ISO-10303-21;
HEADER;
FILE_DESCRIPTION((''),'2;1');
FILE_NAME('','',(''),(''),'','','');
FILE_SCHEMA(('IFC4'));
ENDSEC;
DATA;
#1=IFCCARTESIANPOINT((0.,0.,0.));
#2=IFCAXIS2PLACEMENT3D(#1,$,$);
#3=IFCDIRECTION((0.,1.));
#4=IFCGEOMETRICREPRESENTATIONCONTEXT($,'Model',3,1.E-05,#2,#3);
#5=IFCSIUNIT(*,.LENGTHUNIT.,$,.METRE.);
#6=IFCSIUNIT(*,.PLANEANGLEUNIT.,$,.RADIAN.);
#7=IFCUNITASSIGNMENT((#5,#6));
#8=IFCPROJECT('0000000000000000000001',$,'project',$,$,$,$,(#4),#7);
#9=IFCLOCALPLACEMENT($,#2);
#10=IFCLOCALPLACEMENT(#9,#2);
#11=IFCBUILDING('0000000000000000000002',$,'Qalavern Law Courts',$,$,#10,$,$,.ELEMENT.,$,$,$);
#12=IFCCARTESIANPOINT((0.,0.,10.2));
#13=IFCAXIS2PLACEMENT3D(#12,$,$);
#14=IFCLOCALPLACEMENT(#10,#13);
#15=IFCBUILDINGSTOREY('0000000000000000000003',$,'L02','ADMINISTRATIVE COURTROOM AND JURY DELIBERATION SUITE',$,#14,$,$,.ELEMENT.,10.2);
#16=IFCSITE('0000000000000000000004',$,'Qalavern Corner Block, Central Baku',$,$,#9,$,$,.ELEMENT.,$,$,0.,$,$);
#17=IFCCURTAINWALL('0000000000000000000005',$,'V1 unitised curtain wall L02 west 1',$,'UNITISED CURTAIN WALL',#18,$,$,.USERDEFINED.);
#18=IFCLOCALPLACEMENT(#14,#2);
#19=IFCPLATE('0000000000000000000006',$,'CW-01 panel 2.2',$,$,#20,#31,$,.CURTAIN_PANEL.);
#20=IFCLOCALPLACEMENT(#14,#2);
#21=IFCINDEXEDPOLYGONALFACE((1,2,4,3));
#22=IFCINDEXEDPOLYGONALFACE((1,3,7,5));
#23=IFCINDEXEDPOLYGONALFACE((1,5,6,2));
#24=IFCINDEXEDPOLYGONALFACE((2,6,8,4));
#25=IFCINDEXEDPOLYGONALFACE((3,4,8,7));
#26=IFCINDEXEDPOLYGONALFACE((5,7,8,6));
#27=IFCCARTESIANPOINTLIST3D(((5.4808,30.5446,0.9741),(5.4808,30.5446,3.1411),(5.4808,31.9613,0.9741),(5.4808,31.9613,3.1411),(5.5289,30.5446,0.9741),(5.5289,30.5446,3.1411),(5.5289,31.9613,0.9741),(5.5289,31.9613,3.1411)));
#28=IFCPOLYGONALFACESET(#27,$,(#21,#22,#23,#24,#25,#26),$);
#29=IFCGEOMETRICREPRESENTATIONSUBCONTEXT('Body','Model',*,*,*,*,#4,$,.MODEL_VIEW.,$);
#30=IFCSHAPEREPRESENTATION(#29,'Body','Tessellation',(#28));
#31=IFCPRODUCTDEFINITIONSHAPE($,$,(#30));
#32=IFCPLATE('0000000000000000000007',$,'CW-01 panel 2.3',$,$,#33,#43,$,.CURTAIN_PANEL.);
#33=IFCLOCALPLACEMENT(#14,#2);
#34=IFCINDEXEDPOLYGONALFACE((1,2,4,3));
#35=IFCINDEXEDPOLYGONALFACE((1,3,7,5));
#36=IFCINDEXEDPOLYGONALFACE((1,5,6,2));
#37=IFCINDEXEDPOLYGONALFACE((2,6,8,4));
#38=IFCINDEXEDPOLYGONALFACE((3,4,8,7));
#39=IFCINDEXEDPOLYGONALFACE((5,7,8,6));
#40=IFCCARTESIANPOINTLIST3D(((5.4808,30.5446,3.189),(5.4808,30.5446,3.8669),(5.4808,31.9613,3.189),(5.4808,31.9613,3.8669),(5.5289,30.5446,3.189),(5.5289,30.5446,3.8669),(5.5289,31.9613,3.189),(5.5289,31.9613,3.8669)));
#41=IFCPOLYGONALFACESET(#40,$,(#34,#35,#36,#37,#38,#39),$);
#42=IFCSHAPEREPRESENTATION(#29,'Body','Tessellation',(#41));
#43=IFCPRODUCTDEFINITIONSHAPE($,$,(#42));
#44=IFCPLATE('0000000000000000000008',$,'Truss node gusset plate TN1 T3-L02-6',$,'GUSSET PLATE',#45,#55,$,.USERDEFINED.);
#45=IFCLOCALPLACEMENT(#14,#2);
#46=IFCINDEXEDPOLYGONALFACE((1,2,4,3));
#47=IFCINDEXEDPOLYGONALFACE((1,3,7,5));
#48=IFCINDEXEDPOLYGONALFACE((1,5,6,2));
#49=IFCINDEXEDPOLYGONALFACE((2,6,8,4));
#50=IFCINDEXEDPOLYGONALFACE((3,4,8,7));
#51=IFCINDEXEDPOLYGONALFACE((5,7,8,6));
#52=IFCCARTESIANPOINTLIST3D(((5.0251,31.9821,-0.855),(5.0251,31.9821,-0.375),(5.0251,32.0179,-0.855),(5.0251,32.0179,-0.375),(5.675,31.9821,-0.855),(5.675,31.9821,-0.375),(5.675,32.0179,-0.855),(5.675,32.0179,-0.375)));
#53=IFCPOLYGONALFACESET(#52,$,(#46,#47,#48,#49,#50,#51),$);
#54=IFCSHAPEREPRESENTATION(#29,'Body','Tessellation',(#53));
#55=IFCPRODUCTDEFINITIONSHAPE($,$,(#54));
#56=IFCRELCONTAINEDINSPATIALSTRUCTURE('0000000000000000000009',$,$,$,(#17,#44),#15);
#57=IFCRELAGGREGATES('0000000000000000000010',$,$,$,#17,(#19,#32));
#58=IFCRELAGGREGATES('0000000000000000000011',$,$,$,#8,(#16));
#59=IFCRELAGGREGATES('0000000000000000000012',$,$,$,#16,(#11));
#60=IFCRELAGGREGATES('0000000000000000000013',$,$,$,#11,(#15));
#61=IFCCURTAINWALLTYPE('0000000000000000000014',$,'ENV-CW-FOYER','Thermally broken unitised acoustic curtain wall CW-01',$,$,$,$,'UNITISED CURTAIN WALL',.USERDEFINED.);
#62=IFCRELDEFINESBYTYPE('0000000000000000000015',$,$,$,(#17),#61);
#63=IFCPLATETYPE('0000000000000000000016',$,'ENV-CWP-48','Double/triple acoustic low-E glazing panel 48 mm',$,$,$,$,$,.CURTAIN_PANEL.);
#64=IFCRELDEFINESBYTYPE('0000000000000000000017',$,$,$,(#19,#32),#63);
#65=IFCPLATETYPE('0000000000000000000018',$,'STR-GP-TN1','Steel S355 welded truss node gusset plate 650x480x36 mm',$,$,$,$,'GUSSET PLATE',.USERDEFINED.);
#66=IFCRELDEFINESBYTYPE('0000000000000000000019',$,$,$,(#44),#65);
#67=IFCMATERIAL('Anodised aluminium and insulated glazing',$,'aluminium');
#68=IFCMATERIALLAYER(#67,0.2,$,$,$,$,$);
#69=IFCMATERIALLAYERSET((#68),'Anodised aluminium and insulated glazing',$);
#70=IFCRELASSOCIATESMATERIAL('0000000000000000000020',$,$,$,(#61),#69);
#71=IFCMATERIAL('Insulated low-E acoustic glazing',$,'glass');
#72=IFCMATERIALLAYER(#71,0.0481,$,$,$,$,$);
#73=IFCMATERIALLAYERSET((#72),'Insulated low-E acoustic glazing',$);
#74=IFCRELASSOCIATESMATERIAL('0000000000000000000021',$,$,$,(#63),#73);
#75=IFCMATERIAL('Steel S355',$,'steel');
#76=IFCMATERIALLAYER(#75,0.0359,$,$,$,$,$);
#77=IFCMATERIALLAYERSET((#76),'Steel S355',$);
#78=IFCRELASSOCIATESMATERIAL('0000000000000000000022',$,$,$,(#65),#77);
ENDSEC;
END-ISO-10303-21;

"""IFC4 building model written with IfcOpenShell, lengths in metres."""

from ifc_helpers import new_model, si_unit, direction, frame, origin, origin_2d, place, context, subcontext, project, spatial, rectangle, extrude, material, layer, layer_set, type_object, element, aggregate, save


model = new_model("IFC4")

# Units and contexts
model_context = context("Model", 3, precision=1e-05, world=origin(), true_north=direction((0.0, 1.0)))
body_context = subcontext(model_context, "Body", "Model", "MODEL_VIEW")
ifc_project = project(units=[si_unit("LENGTHUNIT", "METRE"), si_unit("PLANEANGLEUNIT", "RADIAN")], contexts=[model_context])

# Site, building, storey
site_placement = place(None, origin())
site = spatial("IfcSite", under=ifc_project, at=site_placement, Name="Qalavern Corner Block, Central Baku", CompositionType="ELEMENT", RefElevation=0.0)
building_placement = place(site_placement, origin())
building = spatial("IfcBuilding", under=site, at=building_placement, Name="Qalavern Law Courts", CompositionType="ELEMENT")
storey_placement = place(building_placement, frame((0.0, 0.0, 10.2)))
storey = spatial("IfcBuildingStorey", under=building, at=storey_placement, Name="L02", Description="ADMINISTRATIVE COURTROOM AND JURY DELIBERATION SUITE", CompositionType="ELEMENT", Elevation=10.2)

# Curtain wall
ifc_material_1 = material(Name="Anodised aluminium and insulated glazing", Category="aluminium")
ifc_layer_1 = layer(ifc_material_1, 0.2)
ifc_layer_set_1 = layer_set([ifc_layer_1], Name="Anodised aluminium and insulated glazing")
curtain_wall_type = type_object("IfcCurtainWallType", Name="ENV-CW-FOYER", Description="Thermally broken unitised acoustic curtain wall CW-01", ElementType="UNITISED CURTAIN WALL", PredefinedType="USERDEFINED", material=ifc_layer_set_1)
curtain_wall_placement = place(storey_placement, origin())
curtain_wall = element("IfcCurtainWall", 1, at=curtain_wall_placement, inside=storey, type_object=curtain_wall_type, Name="V1 unitised curtain wall L02 west 1", ObjectType="UNITISED CURTAIN WALL", PredefinedType="USERDEFINED")

# Shared definitions
ifc_material_2 = material(Name="Steel S355", Category="steel")

# Plates
ifc_material_3 = material(Name="Insulated low-E acoustic glazing", Category="glass")
ifc_layer_2 = layer(ifc_material_3, 0.0481)
ifc_layer_set_2 = layer_set([ifc_layer_2], Name="Insulated low-E acoustic glazing")
plate_type_1 = type_object("IfcPlateType", Name="ENV-CWP-48", Description="Double/triple acoustic low-E glazing panel 48 mm", PredefinedType="CURTAIN_PANEL", material=ifc_layer_set_2)
plate_1_placement = place(storey_placement, frame((5.5049, 31.2529, 0.9741), z_axis=(0.0, 0.0, 1.0), x_axis=(0.0, -1.0, 0.0)))
plate_1 = element("IfcPlate", 2, at=plate_1_placement, type_object=plate_type_1, Name="CW-01 panel 2.2", PredefinedType="CURTAIN_PANEL", context=body_context, shape_type="SweptSolid", body=[
    extrude(rectangle(XDim=1.4167, YDim=0.0481, at=origin_2d()), origin(), (0.0, 0.0, 1.0), 2.167),
])
plate_2_placement = place(storey_placement, frame((5.5049, 31.2529, 3.189), z_axis=(0.0, 0.0, 1.0), x_axis=(0.0, -1.0, 0.0)))
plate_2 = element("IfcPlate", 3, at=plate_2_placement, type_object=plate_type_1, Name="CW-01 panel 2.3", PredefinedType="CURTAIN_PANEL", context=body_context, shape_type="SweptSolid", body=[
    extrude(rectangle(XDim=1.4167, YDim=0.0481, at=origin_2d()), origin(), (0.0, 0.0, 1.0), 0.678),
])
aggregate(curtain_wall, [plate_1, plate_2])
ifc_layer_3 = layer(ifc_material_2, 0.0359)
ifc_layer_set_3 = layer_set([ifc_layer_3], Name="Steel S355")
plate_type_2 = type_object("IfcPlateType", Name="STR-GP-TN1", Description="Steel S355 welded truss node gusset plate 650x480x36 mm", ElementType="GUSSET PLATE", PredefinedType="USERDEFINED", material=ifc_layer_set_3)
plate_3_placement = place(storey_placement, frame((5.3501, 32.0, -0.855), z_axis=(0.0, 0.0, 1.0), x_axis=(1.0, 0.0, 0.0)))
element("IfcPlate", 4, at=plate_3_placement, inside=storey, type_object=plate_type_2, Name="Truss node gusset plate TN1 T3-L02-6", ObjectType="GUSSET PLATE", PredefinedType="USERDEFINED", context=body_context, shape_type="SweptSolid", body=[
    extrude(rectangle(XDim=0.6499, YDim=0.0359, at=origin_2d()), origin(), (0.0, 0.0, 1.0), 0.48),
])

save(model, "model.ifc")
